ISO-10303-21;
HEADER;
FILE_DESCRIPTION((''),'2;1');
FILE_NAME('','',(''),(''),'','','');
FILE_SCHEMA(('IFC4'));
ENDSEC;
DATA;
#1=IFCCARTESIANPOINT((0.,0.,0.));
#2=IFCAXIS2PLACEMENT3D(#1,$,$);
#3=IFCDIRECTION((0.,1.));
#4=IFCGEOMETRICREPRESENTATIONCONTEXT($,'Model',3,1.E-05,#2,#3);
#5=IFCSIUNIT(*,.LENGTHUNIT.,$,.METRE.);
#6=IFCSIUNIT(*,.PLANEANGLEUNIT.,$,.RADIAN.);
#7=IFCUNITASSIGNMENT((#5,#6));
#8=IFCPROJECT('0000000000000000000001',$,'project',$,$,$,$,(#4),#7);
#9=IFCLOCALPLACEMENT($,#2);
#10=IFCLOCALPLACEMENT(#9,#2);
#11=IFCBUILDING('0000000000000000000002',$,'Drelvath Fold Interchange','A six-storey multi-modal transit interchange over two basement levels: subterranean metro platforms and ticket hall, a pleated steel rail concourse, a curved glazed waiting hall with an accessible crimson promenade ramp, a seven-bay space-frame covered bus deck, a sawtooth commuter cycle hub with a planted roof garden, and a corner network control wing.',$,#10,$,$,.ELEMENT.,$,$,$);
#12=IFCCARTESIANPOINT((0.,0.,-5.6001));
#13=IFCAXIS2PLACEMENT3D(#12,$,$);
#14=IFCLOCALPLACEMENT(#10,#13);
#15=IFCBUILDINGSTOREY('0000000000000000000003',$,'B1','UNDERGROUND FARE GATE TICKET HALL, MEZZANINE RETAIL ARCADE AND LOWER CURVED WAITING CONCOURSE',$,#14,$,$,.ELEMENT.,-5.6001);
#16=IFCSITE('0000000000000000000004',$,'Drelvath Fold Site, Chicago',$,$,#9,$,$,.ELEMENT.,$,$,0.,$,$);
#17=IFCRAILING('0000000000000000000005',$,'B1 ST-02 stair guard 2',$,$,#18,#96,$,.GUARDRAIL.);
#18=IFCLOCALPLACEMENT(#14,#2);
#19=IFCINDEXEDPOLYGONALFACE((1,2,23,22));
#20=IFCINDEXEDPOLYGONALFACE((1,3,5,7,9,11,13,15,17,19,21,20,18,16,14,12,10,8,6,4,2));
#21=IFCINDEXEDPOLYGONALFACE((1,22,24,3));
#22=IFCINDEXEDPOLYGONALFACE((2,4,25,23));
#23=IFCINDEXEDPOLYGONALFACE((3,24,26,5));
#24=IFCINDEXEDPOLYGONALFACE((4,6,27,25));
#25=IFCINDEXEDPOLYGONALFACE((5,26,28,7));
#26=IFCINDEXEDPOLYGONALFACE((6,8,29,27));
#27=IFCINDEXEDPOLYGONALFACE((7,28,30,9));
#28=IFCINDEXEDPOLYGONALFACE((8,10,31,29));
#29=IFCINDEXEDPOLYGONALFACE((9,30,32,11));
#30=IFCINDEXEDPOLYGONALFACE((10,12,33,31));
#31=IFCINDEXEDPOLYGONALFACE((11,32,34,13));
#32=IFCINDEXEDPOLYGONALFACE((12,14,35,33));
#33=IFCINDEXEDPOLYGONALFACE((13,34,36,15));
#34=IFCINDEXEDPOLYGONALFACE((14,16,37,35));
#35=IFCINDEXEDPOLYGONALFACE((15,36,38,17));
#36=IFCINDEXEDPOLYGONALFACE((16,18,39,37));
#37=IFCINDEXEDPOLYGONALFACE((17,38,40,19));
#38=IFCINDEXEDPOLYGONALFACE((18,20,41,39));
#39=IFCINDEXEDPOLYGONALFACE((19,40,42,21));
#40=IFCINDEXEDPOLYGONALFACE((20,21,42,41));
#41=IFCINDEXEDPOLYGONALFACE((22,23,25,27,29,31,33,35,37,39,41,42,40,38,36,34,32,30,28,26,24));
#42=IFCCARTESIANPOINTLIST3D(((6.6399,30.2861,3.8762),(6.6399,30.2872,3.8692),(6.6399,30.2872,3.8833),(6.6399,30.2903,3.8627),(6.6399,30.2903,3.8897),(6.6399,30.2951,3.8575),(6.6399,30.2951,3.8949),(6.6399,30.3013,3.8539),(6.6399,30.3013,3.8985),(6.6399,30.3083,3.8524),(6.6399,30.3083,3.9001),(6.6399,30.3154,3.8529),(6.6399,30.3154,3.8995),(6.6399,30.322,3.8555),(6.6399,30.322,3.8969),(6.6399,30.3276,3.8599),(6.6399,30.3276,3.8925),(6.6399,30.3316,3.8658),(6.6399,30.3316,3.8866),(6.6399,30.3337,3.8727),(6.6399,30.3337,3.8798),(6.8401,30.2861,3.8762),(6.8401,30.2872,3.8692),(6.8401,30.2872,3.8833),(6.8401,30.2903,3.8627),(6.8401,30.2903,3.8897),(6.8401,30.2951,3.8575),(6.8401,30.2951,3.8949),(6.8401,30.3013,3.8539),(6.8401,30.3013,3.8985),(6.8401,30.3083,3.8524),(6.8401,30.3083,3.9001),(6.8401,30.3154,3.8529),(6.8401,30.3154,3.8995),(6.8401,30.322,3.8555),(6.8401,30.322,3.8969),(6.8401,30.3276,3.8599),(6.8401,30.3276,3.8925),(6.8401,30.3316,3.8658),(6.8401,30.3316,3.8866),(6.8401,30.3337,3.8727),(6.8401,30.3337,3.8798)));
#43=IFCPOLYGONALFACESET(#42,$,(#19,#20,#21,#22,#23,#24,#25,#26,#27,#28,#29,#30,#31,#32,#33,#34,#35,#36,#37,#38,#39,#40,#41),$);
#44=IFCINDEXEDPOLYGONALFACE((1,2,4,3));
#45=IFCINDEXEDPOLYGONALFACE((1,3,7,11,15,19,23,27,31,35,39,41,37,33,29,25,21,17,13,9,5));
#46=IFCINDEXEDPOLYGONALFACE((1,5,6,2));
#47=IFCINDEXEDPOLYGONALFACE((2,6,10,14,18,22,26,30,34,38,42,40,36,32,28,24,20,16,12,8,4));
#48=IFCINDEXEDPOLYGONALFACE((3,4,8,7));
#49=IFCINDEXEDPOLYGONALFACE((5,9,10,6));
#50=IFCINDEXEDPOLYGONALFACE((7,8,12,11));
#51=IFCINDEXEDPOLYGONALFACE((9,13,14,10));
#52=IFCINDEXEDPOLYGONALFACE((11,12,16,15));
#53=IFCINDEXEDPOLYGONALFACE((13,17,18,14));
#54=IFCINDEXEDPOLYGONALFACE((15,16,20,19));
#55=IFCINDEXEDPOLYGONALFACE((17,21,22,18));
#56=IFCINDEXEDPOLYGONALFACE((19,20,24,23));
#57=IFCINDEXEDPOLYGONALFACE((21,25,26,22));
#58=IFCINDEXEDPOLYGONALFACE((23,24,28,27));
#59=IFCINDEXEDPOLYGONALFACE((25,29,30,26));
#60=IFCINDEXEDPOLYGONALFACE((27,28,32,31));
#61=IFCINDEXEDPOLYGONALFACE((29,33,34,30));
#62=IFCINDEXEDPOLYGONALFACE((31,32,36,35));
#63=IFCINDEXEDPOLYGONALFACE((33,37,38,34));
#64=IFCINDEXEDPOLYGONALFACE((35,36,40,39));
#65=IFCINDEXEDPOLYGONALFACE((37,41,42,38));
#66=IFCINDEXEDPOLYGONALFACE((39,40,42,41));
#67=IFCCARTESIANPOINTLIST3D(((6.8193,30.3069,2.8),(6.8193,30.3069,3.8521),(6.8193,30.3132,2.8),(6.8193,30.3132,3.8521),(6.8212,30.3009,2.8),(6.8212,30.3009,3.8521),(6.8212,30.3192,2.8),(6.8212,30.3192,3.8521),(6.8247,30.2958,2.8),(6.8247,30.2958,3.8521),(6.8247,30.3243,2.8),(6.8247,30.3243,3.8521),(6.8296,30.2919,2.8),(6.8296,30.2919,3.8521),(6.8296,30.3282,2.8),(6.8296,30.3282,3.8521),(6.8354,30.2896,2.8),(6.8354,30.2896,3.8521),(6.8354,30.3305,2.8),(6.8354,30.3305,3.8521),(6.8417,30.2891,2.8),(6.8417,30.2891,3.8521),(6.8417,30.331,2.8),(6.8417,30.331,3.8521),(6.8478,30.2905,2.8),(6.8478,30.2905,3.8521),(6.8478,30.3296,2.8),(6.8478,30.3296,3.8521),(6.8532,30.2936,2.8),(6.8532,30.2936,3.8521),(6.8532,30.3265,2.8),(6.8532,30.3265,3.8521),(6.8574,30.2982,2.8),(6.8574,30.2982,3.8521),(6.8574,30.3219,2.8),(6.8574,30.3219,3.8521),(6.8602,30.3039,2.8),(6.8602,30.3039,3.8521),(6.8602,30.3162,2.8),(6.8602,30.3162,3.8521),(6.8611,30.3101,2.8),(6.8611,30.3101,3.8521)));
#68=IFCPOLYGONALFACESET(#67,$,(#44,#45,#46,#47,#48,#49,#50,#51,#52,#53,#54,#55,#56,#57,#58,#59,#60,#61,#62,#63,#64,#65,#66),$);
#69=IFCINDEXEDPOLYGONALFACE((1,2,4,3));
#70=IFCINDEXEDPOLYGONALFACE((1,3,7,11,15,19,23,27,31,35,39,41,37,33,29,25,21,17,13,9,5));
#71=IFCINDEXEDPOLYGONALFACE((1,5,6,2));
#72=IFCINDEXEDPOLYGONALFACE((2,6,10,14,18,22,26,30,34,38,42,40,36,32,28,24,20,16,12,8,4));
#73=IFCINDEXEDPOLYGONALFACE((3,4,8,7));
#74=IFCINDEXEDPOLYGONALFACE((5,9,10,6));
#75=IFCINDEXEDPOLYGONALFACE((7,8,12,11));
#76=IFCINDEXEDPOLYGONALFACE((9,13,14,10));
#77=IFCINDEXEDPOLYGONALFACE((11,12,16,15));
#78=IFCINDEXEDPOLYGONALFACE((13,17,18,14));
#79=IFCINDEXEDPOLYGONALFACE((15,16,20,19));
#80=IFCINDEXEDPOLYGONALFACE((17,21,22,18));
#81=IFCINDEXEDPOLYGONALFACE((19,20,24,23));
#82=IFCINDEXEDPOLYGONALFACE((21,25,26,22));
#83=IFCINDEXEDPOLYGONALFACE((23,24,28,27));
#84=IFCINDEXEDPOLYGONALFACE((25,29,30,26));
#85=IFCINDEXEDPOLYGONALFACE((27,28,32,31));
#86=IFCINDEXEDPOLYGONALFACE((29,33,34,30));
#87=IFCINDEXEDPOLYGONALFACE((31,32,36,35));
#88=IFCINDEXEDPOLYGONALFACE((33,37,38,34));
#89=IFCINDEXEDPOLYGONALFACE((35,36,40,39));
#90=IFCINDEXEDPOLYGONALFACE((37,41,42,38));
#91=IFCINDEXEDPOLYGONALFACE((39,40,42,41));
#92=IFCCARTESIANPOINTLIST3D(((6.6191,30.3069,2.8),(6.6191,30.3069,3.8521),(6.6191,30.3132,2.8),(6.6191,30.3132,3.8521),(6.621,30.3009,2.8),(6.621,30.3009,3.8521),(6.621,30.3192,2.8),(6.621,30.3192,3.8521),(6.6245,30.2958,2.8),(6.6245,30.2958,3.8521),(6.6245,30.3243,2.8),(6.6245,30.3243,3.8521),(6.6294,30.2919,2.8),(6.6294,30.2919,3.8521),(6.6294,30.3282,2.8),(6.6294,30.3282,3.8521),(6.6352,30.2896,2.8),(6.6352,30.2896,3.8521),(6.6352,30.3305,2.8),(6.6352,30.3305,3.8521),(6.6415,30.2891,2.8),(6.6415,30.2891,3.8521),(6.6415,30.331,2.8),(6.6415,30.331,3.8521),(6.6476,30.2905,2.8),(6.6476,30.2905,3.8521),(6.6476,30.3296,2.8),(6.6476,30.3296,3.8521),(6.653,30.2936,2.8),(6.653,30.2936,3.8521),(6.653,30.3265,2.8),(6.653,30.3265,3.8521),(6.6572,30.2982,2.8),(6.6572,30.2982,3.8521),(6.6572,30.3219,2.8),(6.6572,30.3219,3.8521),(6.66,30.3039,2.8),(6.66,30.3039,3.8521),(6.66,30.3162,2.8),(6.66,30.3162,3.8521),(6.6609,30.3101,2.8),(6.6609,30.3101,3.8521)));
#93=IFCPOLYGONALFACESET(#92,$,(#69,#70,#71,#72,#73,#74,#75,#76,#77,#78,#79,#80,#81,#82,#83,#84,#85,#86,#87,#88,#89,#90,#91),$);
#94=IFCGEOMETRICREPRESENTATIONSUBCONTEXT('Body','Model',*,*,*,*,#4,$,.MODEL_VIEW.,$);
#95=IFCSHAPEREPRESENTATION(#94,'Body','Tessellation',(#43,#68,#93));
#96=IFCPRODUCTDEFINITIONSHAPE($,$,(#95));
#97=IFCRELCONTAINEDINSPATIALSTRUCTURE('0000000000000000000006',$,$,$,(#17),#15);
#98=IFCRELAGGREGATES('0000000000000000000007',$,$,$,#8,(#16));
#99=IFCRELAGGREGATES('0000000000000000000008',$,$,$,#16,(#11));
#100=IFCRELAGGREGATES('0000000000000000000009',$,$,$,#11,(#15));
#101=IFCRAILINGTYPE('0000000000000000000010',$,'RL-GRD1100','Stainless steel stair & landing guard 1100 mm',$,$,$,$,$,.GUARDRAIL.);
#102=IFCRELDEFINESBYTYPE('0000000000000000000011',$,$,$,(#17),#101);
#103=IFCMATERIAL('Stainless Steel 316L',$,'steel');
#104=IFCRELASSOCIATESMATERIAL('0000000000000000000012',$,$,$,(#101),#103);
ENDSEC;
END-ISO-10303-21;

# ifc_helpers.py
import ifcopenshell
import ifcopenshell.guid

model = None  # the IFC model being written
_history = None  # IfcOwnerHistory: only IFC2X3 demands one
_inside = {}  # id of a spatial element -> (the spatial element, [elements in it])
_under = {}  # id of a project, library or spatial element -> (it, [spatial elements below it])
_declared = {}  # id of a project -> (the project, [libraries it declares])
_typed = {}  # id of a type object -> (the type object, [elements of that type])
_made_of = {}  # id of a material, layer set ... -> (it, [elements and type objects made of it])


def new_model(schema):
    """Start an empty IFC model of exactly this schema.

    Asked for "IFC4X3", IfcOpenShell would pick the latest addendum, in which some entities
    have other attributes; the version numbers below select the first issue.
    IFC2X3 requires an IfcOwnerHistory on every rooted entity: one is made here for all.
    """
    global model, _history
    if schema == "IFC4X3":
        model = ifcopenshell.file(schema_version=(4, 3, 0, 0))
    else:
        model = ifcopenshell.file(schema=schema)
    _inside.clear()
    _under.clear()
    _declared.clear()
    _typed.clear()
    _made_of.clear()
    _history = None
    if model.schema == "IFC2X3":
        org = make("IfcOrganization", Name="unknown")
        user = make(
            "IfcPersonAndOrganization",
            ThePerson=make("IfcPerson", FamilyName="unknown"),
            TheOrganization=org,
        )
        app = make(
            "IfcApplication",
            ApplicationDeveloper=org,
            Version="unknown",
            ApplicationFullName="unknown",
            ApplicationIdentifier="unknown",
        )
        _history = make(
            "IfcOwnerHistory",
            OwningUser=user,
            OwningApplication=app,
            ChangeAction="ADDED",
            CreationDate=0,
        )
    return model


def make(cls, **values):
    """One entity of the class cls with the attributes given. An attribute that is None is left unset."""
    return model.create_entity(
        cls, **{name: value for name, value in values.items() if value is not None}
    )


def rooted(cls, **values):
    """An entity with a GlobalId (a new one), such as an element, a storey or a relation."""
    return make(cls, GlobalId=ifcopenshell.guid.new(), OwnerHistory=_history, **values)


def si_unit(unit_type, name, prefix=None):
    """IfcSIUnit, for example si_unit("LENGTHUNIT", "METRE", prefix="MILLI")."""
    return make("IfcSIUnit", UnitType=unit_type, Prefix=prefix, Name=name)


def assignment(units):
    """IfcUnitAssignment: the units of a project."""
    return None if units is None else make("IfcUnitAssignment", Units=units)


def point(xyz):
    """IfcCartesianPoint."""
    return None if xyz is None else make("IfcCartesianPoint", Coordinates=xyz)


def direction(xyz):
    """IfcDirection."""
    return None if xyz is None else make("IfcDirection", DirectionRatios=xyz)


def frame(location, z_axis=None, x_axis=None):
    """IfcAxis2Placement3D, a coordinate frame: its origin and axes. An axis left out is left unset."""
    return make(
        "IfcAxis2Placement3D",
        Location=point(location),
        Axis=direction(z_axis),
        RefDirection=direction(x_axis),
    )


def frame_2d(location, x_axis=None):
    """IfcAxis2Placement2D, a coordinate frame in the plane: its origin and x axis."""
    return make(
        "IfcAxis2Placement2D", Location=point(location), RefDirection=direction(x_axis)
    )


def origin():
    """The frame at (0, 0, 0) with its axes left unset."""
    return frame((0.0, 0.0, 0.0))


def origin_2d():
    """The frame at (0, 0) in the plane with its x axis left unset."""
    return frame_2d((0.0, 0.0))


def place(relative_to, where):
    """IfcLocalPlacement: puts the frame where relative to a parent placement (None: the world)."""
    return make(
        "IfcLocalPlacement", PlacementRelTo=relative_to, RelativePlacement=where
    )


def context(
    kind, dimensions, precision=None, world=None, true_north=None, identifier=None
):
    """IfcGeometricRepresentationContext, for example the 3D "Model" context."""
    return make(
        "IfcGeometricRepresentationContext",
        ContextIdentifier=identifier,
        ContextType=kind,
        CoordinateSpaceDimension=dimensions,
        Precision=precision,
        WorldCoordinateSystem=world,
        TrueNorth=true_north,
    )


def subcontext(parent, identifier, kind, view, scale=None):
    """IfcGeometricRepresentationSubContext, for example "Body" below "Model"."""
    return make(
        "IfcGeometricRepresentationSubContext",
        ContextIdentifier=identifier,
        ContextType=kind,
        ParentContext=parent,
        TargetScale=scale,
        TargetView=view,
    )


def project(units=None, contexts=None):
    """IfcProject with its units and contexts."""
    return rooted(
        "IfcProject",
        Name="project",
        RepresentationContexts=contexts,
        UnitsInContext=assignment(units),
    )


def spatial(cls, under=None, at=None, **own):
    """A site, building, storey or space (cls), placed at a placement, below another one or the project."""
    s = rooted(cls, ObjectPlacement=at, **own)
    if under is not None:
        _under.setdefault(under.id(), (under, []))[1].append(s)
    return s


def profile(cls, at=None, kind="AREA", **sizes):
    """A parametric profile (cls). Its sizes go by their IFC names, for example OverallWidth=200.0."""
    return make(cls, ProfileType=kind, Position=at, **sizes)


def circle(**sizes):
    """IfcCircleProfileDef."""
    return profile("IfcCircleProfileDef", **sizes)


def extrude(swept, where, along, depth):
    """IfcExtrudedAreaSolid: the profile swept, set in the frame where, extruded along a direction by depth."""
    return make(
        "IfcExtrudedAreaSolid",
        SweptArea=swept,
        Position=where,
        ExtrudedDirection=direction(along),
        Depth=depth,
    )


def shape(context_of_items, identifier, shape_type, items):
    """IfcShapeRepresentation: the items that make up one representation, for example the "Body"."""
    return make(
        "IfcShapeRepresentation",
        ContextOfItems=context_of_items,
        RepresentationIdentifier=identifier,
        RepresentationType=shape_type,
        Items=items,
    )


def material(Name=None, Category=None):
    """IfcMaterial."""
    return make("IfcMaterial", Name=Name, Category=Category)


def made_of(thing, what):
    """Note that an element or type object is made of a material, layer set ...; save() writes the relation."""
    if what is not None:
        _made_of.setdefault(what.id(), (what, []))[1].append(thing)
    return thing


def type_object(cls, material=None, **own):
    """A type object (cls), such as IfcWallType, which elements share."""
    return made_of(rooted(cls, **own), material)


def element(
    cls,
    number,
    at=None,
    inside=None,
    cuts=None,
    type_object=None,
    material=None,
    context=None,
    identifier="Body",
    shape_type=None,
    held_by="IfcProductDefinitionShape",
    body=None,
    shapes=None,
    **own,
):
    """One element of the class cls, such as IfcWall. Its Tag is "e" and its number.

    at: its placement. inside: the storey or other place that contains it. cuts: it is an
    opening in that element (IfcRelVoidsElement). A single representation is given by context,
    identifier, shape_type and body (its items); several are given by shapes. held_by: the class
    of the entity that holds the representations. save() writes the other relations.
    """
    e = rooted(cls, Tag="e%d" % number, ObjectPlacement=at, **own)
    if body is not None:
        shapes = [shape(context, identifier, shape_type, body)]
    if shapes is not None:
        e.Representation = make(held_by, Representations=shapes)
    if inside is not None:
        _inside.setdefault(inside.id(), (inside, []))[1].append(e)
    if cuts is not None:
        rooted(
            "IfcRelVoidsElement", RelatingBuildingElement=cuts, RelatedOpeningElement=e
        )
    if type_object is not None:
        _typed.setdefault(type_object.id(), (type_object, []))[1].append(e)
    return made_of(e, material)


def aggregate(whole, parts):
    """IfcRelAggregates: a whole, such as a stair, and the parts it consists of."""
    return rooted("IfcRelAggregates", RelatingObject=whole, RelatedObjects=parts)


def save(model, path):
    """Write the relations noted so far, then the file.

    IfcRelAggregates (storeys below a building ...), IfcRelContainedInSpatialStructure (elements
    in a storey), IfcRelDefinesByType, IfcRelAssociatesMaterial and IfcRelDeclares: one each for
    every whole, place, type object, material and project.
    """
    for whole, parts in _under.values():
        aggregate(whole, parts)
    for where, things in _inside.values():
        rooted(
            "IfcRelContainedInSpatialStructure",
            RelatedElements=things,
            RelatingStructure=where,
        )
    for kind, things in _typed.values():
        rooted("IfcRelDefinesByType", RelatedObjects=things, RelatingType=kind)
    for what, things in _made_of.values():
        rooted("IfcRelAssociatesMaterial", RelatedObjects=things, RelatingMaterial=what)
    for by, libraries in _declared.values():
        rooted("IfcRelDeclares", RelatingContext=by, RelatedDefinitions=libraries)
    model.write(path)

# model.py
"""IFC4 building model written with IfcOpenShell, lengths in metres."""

from ifc_helpers import new_model, si_unit, direction, frame, origin, origin_2d, place, context, subcontext, project, spatial, circle, extrude, material, type_object, element, save


model = new_model("IFC4")

# Units and contexts
model_context = context("Model", 3, precision=1e-05, world=origin(), true_north=direction((0.0, 1.0)))
body_context = subcontext(model_context, "Body", "Model", "MODEL_VIEW")
ifc_project = project(units=[si_unit("LENGTHUNIT", "METRE"), si_unit("PLANEANGLEUNIT", "RADIAN")], contexts=[model_context])

# Site, building, storey
site_placement = place(None, origin())
site = spatial("IfcSite", under=ifc_project, at=site_placement, Name="Drelvath Fold Site, Chicago", CompositionType="ELEMENT", RefElevation=0.0)
building_placement = place(site_placement, origin())
building = spatial("IfcBuilding", under=site, at=building_placement, Name="Drelvath Fold Interchange", Description="A six-storey multi-modal transit interchange over two basement levels: subterranean metro platforms and ticket hall, a pleated steel rail concourse, a curved glazed waiting hall with an accessible crimson promenade ramp, a seven-bay space-frame covered bus deck, a sawtooth commuter cycle hub with a planted roof garden, and a corner network control wing.", CompositionType="ELEMENT")
storey_placement = place(building_placement, frame((0.0, 0.0, -5.6001)))
storey = spatial("IfcBuildingStorey", under=building, at=storey_placement, Name="B1", Description="UNDERGROUND FARE GATE TICKET HALL, MEZZANINE RETAIL ARCADE AND LOWER CURVED WAITING CONCOURSE", CompositionType="ELEMENT", Elevation=-5.6001)

# Railing
ifc_material_1 = material(Name="Stainless Steel 316L", Category="steel")
railing_type = type_object("IfcRailingType", Name="RL-GRD1100", Description="Stainless steel stair & landing guard 1100 mm", PredefinedType="GUARDRAIL", material=ifc_material_1)
railing_placement = place(storey_placement, frame((6.8401, 30.3101, 2.8)))
element("IfcRailing", 1, at=railing_placement, inside=storey, type_object=railing_type, Name="B1 ST-02 stair guard 2", PredefinedType="GUARDRAIL", context=body_context, shape_type="SweptSolid", body=[
    extrude(circle(Radius=0.0239, at=origin_2d()), frame((0.0, 0.0, 1.0762), z_axis=(-1.0, 0.0, 0.0), x_axis=(0.0, -1.0, 0.0)), (0.0, 0.0, 1.0), 0.2002),
    extrude(circle(Radius=0.021, at=origin_2d()), origin(), (0.0, 0.0, 1.0), 1.052),
    extrude(circle(Radius=0.021, at=origin_2d()), frame((-0.2002, 0.0, 0.0)), (0.0, 0.0, 1.0), 1.052),
])

save(model, "model.ifc")
